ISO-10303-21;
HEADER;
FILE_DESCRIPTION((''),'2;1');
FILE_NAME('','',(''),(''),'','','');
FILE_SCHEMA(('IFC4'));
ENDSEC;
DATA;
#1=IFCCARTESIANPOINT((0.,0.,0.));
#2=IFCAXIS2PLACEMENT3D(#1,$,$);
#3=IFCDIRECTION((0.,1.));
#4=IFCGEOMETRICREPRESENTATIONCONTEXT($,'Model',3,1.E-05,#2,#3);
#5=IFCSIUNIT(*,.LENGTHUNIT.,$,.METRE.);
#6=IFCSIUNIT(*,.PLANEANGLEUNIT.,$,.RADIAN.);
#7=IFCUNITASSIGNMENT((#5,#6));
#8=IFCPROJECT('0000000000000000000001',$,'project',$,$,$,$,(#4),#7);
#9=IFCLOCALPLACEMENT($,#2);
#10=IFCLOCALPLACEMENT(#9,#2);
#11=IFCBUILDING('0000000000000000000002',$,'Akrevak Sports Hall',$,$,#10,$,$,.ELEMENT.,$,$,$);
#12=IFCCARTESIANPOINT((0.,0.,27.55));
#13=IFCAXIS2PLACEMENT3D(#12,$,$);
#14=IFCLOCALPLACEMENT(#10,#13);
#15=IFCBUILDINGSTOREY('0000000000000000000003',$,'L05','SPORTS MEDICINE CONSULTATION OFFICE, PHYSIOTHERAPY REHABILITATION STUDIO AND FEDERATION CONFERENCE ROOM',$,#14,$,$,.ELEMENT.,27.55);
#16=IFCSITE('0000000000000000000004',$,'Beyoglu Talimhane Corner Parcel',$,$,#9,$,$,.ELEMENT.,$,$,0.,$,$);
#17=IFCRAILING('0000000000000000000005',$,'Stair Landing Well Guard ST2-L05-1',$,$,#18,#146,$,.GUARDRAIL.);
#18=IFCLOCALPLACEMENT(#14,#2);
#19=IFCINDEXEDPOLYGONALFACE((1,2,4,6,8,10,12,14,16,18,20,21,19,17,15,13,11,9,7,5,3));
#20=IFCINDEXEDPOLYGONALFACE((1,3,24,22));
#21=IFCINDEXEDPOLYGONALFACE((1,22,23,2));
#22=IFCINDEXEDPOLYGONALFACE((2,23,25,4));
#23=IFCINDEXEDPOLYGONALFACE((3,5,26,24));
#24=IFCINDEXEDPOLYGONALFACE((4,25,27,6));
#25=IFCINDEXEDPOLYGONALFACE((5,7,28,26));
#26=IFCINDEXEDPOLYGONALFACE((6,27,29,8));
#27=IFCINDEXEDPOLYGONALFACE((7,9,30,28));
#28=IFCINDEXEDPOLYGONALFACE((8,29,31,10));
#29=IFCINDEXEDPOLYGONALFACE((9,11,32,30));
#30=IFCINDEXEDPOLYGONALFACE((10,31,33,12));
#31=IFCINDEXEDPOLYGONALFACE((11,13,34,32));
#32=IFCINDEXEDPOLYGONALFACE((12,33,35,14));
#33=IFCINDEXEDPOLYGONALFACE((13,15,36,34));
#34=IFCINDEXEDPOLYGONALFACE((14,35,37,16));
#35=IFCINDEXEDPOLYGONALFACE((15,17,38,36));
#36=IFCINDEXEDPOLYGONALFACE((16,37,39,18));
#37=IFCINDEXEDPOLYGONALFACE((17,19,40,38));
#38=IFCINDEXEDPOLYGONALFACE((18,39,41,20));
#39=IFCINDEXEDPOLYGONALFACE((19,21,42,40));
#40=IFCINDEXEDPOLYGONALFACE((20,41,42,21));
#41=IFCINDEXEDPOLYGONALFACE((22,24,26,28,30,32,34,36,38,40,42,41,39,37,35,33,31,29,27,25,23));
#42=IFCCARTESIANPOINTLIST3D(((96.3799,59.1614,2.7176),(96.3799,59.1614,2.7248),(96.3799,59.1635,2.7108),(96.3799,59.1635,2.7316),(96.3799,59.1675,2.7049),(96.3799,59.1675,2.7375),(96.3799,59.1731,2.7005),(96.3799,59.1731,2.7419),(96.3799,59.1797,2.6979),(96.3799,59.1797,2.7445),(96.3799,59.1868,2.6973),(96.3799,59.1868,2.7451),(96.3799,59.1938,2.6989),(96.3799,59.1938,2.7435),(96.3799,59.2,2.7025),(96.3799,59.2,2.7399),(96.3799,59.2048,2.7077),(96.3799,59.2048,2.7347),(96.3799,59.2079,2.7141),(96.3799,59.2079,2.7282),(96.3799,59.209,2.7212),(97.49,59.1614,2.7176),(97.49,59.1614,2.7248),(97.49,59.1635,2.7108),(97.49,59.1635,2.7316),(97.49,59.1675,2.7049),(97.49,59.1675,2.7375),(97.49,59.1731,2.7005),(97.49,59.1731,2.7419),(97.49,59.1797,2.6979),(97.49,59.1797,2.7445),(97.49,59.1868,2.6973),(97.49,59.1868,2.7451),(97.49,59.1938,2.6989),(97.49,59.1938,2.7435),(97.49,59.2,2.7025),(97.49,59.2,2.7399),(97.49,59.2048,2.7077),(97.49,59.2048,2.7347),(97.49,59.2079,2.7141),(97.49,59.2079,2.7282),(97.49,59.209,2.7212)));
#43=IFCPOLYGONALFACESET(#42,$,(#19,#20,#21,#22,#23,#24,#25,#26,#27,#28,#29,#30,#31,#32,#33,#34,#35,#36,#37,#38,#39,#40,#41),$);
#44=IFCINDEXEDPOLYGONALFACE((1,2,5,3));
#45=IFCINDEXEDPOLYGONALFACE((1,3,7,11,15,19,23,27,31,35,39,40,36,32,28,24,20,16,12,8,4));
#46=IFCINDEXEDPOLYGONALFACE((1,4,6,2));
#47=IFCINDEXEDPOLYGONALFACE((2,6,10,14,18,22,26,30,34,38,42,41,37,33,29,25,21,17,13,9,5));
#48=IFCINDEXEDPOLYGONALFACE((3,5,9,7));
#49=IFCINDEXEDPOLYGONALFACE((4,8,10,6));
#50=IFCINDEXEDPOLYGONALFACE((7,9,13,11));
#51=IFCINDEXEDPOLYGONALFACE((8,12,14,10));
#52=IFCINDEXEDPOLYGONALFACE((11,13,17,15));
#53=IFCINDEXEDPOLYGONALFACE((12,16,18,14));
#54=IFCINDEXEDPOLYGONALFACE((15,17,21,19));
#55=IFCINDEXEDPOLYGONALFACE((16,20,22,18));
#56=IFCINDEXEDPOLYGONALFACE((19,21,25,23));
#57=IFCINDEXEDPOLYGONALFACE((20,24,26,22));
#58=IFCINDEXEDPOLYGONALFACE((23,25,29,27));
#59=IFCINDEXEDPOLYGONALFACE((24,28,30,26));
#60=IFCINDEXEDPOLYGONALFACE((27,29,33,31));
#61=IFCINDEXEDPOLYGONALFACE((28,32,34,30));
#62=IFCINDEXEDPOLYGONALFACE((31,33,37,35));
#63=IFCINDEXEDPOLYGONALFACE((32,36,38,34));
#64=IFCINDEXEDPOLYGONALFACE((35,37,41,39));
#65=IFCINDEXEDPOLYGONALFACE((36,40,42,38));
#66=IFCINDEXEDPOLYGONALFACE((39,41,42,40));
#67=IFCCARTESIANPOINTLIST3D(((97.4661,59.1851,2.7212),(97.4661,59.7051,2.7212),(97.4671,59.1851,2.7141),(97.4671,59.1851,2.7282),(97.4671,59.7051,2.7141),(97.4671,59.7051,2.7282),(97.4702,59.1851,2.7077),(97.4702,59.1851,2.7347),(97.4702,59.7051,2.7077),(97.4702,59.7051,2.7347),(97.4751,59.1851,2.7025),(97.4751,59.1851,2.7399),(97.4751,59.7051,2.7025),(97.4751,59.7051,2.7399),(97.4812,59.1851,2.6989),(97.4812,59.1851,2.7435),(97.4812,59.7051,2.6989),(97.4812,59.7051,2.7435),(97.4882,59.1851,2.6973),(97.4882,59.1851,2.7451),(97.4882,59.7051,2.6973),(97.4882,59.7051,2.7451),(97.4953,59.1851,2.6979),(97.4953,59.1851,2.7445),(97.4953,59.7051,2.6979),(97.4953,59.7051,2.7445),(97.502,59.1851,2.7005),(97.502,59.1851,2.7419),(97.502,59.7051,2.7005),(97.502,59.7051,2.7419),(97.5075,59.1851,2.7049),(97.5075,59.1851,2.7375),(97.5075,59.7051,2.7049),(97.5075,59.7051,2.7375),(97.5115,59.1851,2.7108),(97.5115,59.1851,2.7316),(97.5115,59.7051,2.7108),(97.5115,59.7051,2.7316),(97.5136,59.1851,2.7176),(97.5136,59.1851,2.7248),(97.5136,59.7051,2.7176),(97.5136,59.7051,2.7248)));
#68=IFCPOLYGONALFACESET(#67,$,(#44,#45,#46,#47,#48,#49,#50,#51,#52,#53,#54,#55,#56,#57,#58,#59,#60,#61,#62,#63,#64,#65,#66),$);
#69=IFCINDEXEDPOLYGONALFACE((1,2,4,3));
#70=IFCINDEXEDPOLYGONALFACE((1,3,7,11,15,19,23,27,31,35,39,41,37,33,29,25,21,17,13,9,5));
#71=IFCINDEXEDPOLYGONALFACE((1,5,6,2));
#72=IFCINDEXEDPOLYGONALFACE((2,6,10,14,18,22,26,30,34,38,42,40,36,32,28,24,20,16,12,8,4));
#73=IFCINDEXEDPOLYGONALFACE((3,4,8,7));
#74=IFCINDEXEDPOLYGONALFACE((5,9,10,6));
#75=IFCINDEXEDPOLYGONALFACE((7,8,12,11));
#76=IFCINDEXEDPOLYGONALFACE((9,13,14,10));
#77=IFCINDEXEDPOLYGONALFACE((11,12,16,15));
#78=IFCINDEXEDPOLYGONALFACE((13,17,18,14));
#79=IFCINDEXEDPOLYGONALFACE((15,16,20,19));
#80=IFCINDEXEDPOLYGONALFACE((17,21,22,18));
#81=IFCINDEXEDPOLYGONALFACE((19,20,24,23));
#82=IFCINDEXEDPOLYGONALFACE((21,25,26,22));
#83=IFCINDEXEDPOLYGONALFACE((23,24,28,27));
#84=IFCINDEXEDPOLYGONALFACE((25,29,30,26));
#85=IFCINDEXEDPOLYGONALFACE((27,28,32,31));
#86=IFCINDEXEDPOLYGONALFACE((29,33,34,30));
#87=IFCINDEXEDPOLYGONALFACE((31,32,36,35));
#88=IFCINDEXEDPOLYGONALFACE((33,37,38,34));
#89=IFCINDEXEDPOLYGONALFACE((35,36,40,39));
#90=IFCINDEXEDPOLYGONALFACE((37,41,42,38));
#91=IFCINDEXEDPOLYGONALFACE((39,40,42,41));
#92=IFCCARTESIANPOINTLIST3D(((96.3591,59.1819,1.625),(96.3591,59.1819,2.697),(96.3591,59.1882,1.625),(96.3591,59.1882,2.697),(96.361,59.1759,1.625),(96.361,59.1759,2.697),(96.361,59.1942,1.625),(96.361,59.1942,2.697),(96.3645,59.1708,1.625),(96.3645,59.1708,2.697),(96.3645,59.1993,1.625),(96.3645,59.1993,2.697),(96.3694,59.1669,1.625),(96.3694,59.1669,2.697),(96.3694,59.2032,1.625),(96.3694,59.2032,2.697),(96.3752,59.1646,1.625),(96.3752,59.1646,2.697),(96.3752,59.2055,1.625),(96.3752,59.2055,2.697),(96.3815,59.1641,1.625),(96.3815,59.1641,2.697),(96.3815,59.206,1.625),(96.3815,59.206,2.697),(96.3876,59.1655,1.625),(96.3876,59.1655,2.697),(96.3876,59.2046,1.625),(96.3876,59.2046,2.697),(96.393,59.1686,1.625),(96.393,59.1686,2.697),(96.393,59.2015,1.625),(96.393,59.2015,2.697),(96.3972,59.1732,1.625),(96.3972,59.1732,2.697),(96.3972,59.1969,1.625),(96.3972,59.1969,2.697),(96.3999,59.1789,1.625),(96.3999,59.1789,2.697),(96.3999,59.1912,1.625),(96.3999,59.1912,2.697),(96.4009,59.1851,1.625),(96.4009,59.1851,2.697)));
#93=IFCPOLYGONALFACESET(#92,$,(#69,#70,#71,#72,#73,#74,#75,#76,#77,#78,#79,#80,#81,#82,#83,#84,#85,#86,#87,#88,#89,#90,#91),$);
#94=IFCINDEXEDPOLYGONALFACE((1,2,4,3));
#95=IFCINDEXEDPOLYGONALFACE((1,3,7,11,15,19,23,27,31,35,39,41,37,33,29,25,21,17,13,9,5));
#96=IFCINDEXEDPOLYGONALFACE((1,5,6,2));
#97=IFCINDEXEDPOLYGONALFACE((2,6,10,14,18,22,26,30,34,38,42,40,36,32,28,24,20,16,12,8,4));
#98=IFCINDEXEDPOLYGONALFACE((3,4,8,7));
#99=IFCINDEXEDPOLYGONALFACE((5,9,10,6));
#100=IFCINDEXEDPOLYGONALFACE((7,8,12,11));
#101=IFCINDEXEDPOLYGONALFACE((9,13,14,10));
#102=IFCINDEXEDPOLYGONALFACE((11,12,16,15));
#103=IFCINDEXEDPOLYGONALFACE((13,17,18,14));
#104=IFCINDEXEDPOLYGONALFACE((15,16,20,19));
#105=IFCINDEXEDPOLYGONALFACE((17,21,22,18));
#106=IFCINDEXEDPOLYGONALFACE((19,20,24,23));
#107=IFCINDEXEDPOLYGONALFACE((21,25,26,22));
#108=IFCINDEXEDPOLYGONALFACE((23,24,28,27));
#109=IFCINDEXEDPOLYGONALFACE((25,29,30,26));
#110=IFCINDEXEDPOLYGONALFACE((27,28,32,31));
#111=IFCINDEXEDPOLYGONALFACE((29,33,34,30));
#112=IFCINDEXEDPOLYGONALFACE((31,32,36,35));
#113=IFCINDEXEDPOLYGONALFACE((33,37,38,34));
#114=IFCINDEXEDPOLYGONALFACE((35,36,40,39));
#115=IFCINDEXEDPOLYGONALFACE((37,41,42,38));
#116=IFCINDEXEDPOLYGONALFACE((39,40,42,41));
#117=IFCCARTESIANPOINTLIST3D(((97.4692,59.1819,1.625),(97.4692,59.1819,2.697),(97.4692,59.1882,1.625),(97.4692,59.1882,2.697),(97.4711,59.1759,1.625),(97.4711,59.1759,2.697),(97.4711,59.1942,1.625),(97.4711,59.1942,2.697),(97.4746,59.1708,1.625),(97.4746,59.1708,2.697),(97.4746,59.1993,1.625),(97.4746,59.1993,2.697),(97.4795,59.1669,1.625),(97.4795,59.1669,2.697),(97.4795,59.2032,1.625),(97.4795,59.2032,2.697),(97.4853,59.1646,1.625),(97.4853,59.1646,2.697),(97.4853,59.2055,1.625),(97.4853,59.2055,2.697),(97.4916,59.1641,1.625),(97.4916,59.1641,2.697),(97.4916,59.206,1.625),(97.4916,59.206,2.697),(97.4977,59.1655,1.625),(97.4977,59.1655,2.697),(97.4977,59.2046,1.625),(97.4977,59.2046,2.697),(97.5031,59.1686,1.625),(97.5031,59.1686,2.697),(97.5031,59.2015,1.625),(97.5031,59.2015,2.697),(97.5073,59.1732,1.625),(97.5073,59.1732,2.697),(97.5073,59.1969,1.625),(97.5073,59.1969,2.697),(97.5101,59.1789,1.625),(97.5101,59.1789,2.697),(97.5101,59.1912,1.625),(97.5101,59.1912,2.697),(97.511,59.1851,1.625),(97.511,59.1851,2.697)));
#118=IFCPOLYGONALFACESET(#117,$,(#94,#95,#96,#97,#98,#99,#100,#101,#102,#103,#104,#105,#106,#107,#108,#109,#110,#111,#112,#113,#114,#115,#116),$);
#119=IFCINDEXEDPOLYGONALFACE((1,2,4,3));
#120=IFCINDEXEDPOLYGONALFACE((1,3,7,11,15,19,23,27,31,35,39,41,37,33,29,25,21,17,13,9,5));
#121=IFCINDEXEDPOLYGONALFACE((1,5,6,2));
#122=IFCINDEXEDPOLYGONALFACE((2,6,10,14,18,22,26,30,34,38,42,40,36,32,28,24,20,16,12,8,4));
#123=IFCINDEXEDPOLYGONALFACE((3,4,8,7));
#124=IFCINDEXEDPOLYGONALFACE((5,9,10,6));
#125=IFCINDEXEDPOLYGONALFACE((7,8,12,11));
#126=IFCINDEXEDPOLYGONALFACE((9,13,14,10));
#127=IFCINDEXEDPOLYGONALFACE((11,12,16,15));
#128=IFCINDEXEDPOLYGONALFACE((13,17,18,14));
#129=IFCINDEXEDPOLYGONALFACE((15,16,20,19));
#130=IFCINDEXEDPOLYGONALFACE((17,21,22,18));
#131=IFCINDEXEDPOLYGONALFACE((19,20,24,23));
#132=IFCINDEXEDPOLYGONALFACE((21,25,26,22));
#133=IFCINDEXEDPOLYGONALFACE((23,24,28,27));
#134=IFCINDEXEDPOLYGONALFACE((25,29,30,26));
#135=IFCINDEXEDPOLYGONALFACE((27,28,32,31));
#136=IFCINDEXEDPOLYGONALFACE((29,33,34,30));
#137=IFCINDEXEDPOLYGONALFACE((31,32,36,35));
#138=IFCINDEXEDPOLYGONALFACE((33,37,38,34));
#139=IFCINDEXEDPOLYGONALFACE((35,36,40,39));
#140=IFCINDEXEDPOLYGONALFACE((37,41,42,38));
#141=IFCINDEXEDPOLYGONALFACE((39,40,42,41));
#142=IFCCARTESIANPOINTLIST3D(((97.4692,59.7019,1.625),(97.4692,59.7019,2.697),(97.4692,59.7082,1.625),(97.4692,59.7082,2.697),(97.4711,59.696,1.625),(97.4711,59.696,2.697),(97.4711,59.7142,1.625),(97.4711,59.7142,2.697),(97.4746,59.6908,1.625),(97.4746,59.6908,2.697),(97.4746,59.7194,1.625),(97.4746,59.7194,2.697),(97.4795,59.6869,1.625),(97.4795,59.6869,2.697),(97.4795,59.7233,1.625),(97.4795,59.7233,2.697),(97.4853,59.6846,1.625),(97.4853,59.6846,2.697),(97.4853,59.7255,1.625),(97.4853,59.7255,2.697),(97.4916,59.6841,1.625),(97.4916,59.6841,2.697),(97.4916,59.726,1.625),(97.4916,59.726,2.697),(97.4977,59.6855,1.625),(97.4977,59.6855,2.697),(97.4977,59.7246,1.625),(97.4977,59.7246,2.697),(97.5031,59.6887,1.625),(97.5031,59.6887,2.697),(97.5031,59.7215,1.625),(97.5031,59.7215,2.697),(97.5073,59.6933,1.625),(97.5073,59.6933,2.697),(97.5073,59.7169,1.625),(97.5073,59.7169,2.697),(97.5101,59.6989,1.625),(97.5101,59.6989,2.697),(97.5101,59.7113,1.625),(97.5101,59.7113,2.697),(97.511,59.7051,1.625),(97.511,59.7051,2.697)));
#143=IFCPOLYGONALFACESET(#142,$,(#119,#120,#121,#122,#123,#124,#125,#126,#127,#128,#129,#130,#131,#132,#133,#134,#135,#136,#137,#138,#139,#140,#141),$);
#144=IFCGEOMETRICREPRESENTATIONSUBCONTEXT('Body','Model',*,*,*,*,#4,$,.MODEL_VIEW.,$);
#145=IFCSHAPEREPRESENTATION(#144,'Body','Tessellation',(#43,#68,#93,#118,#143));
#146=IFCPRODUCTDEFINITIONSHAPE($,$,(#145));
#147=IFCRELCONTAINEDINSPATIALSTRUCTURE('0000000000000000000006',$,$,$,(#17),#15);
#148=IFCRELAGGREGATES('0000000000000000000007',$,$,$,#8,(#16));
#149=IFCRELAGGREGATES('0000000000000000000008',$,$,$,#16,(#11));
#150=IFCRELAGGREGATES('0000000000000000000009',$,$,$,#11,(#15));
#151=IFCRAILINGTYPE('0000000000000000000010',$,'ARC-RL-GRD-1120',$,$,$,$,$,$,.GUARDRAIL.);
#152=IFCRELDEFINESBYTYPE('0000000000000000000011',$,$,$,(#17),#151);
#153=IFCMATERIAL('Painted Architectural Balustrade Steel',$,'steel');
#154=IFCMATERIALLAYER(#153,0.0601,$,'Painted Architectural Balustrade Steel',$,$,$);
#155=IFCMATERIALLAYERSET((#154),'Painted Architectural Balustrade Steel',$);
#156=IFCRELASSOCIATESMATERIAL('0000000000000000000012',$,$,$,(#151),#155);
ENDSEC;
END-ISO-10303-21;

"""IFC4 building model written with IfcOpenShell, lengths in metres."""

from ifc_helpers import new_model, si_unit, direction, frame, origin, origin_2d, place, context, subcontext, project, spatial, circle, extrude, material, layer, layer_set, type_object, element, save


model = new_model("IFC4")

# Units and contexts
model_context = context("Model", 3, precision=1e-05, world=origin(), true_north=direction((0.0, 1.0)))
body_context = subcontext(model_context, "Body", "Model", "MODEL_VIEW")
ifc_project = project(units=[si_unit("LENGTHUNIT", "METRE"), si_unit("PLANEANGLEUNIT", "RADIAN")], contexts=[model_context])

# Site, building, storey
site_placement = place(None, origin())
site = spatial("IfcSite", under=ifc_project, at=site_placement, Name="Beyoglu Talimhane Corner Parcel", CompositionType="ELEMENT", RefElevation=0.0)
building_placement = place(site_placement, origin())
building = spatial("IfcBuilding", under=site, at=building_placement, Name="Akrevak Sports Hall", CompositionType="ELEMENT")
storey_placement = place(building_placement, frame((0.0, 0.0, 27.55)))
storey = spatial("IfcBuildingStorey", under=building, at=storey_placement, Name="L05", Description="SPORTS MEDICINE CONSULTATION OFFICE, PHYSIOTHERAPY REHABILITATION STUDIO AND FEDERATION CONFERENCE ROOM", CompositionType="ELEMENT", Elevation=27.55)

# Railing
ifc_material_1 = material(Name="Painted Architectural Balustrade Steel", Category="steel")
ifc_layer_1 = layer(ifc_material_1, 0.0601, Name="Painted Architectural Balustrade Steel")
ifc_layer_set_1 = layer_set([ifc_layer_1], Name="Painted Architectural Balustrade Steel")
railing_type = type_object("IfcRailingType", Name="ARC-RL-GRD-1120", PredefinedType="GUARDRAIL", material=ifc_layer_set_1)
railing_placement = place(storey_placement, frame((96.3799, 59.1851, 1.625)))
element("IfcRailing", 1, at=railing_placement, inside=storey, type_object=railing_type, Name="Stair Landing Well Guard ST2-L05-1", PredefinedType="GUARDRAIL", context=body_context, shape_type="SweptSolid", body=[
    extrude(circle(Radius=0.0239, at=origin_2d()), frame((0.0, 0.0, 1.0962), z_axis=(1.0, 0.0, 0.0), x_axis=(0.0, 1.0, 0.0)), (0.0, 0.0, 1.0), 1.1101),
    extrude(circle(Radius=0.0239, at=origin_2d()), frame((1.1101, 0.0, 1.0962), z_axis=(0.0, 1.0, 0.0), x_axis=(-1.0, 0.0, 0.0)), (0.0, 0.0, 1.0), 0.52),
    extrude(circle(Radius=0.021, at=origin_2d()), origin(), (0.0, 0.0, 1.0), 1.072),
    extrude(circle(Radius=0.021, at=origin_2d()), frame((1.1101, 0.0, 0.0)), (0.0, 0.0, 1.0), 1.072),
    extrude(circle(Radius=0.021, at=origin_2d()), frame((1.1101, 0.52, 0.0)), (0.0, 0.0, 1.0), 1.072),
])

save(model, "model.ifc")
